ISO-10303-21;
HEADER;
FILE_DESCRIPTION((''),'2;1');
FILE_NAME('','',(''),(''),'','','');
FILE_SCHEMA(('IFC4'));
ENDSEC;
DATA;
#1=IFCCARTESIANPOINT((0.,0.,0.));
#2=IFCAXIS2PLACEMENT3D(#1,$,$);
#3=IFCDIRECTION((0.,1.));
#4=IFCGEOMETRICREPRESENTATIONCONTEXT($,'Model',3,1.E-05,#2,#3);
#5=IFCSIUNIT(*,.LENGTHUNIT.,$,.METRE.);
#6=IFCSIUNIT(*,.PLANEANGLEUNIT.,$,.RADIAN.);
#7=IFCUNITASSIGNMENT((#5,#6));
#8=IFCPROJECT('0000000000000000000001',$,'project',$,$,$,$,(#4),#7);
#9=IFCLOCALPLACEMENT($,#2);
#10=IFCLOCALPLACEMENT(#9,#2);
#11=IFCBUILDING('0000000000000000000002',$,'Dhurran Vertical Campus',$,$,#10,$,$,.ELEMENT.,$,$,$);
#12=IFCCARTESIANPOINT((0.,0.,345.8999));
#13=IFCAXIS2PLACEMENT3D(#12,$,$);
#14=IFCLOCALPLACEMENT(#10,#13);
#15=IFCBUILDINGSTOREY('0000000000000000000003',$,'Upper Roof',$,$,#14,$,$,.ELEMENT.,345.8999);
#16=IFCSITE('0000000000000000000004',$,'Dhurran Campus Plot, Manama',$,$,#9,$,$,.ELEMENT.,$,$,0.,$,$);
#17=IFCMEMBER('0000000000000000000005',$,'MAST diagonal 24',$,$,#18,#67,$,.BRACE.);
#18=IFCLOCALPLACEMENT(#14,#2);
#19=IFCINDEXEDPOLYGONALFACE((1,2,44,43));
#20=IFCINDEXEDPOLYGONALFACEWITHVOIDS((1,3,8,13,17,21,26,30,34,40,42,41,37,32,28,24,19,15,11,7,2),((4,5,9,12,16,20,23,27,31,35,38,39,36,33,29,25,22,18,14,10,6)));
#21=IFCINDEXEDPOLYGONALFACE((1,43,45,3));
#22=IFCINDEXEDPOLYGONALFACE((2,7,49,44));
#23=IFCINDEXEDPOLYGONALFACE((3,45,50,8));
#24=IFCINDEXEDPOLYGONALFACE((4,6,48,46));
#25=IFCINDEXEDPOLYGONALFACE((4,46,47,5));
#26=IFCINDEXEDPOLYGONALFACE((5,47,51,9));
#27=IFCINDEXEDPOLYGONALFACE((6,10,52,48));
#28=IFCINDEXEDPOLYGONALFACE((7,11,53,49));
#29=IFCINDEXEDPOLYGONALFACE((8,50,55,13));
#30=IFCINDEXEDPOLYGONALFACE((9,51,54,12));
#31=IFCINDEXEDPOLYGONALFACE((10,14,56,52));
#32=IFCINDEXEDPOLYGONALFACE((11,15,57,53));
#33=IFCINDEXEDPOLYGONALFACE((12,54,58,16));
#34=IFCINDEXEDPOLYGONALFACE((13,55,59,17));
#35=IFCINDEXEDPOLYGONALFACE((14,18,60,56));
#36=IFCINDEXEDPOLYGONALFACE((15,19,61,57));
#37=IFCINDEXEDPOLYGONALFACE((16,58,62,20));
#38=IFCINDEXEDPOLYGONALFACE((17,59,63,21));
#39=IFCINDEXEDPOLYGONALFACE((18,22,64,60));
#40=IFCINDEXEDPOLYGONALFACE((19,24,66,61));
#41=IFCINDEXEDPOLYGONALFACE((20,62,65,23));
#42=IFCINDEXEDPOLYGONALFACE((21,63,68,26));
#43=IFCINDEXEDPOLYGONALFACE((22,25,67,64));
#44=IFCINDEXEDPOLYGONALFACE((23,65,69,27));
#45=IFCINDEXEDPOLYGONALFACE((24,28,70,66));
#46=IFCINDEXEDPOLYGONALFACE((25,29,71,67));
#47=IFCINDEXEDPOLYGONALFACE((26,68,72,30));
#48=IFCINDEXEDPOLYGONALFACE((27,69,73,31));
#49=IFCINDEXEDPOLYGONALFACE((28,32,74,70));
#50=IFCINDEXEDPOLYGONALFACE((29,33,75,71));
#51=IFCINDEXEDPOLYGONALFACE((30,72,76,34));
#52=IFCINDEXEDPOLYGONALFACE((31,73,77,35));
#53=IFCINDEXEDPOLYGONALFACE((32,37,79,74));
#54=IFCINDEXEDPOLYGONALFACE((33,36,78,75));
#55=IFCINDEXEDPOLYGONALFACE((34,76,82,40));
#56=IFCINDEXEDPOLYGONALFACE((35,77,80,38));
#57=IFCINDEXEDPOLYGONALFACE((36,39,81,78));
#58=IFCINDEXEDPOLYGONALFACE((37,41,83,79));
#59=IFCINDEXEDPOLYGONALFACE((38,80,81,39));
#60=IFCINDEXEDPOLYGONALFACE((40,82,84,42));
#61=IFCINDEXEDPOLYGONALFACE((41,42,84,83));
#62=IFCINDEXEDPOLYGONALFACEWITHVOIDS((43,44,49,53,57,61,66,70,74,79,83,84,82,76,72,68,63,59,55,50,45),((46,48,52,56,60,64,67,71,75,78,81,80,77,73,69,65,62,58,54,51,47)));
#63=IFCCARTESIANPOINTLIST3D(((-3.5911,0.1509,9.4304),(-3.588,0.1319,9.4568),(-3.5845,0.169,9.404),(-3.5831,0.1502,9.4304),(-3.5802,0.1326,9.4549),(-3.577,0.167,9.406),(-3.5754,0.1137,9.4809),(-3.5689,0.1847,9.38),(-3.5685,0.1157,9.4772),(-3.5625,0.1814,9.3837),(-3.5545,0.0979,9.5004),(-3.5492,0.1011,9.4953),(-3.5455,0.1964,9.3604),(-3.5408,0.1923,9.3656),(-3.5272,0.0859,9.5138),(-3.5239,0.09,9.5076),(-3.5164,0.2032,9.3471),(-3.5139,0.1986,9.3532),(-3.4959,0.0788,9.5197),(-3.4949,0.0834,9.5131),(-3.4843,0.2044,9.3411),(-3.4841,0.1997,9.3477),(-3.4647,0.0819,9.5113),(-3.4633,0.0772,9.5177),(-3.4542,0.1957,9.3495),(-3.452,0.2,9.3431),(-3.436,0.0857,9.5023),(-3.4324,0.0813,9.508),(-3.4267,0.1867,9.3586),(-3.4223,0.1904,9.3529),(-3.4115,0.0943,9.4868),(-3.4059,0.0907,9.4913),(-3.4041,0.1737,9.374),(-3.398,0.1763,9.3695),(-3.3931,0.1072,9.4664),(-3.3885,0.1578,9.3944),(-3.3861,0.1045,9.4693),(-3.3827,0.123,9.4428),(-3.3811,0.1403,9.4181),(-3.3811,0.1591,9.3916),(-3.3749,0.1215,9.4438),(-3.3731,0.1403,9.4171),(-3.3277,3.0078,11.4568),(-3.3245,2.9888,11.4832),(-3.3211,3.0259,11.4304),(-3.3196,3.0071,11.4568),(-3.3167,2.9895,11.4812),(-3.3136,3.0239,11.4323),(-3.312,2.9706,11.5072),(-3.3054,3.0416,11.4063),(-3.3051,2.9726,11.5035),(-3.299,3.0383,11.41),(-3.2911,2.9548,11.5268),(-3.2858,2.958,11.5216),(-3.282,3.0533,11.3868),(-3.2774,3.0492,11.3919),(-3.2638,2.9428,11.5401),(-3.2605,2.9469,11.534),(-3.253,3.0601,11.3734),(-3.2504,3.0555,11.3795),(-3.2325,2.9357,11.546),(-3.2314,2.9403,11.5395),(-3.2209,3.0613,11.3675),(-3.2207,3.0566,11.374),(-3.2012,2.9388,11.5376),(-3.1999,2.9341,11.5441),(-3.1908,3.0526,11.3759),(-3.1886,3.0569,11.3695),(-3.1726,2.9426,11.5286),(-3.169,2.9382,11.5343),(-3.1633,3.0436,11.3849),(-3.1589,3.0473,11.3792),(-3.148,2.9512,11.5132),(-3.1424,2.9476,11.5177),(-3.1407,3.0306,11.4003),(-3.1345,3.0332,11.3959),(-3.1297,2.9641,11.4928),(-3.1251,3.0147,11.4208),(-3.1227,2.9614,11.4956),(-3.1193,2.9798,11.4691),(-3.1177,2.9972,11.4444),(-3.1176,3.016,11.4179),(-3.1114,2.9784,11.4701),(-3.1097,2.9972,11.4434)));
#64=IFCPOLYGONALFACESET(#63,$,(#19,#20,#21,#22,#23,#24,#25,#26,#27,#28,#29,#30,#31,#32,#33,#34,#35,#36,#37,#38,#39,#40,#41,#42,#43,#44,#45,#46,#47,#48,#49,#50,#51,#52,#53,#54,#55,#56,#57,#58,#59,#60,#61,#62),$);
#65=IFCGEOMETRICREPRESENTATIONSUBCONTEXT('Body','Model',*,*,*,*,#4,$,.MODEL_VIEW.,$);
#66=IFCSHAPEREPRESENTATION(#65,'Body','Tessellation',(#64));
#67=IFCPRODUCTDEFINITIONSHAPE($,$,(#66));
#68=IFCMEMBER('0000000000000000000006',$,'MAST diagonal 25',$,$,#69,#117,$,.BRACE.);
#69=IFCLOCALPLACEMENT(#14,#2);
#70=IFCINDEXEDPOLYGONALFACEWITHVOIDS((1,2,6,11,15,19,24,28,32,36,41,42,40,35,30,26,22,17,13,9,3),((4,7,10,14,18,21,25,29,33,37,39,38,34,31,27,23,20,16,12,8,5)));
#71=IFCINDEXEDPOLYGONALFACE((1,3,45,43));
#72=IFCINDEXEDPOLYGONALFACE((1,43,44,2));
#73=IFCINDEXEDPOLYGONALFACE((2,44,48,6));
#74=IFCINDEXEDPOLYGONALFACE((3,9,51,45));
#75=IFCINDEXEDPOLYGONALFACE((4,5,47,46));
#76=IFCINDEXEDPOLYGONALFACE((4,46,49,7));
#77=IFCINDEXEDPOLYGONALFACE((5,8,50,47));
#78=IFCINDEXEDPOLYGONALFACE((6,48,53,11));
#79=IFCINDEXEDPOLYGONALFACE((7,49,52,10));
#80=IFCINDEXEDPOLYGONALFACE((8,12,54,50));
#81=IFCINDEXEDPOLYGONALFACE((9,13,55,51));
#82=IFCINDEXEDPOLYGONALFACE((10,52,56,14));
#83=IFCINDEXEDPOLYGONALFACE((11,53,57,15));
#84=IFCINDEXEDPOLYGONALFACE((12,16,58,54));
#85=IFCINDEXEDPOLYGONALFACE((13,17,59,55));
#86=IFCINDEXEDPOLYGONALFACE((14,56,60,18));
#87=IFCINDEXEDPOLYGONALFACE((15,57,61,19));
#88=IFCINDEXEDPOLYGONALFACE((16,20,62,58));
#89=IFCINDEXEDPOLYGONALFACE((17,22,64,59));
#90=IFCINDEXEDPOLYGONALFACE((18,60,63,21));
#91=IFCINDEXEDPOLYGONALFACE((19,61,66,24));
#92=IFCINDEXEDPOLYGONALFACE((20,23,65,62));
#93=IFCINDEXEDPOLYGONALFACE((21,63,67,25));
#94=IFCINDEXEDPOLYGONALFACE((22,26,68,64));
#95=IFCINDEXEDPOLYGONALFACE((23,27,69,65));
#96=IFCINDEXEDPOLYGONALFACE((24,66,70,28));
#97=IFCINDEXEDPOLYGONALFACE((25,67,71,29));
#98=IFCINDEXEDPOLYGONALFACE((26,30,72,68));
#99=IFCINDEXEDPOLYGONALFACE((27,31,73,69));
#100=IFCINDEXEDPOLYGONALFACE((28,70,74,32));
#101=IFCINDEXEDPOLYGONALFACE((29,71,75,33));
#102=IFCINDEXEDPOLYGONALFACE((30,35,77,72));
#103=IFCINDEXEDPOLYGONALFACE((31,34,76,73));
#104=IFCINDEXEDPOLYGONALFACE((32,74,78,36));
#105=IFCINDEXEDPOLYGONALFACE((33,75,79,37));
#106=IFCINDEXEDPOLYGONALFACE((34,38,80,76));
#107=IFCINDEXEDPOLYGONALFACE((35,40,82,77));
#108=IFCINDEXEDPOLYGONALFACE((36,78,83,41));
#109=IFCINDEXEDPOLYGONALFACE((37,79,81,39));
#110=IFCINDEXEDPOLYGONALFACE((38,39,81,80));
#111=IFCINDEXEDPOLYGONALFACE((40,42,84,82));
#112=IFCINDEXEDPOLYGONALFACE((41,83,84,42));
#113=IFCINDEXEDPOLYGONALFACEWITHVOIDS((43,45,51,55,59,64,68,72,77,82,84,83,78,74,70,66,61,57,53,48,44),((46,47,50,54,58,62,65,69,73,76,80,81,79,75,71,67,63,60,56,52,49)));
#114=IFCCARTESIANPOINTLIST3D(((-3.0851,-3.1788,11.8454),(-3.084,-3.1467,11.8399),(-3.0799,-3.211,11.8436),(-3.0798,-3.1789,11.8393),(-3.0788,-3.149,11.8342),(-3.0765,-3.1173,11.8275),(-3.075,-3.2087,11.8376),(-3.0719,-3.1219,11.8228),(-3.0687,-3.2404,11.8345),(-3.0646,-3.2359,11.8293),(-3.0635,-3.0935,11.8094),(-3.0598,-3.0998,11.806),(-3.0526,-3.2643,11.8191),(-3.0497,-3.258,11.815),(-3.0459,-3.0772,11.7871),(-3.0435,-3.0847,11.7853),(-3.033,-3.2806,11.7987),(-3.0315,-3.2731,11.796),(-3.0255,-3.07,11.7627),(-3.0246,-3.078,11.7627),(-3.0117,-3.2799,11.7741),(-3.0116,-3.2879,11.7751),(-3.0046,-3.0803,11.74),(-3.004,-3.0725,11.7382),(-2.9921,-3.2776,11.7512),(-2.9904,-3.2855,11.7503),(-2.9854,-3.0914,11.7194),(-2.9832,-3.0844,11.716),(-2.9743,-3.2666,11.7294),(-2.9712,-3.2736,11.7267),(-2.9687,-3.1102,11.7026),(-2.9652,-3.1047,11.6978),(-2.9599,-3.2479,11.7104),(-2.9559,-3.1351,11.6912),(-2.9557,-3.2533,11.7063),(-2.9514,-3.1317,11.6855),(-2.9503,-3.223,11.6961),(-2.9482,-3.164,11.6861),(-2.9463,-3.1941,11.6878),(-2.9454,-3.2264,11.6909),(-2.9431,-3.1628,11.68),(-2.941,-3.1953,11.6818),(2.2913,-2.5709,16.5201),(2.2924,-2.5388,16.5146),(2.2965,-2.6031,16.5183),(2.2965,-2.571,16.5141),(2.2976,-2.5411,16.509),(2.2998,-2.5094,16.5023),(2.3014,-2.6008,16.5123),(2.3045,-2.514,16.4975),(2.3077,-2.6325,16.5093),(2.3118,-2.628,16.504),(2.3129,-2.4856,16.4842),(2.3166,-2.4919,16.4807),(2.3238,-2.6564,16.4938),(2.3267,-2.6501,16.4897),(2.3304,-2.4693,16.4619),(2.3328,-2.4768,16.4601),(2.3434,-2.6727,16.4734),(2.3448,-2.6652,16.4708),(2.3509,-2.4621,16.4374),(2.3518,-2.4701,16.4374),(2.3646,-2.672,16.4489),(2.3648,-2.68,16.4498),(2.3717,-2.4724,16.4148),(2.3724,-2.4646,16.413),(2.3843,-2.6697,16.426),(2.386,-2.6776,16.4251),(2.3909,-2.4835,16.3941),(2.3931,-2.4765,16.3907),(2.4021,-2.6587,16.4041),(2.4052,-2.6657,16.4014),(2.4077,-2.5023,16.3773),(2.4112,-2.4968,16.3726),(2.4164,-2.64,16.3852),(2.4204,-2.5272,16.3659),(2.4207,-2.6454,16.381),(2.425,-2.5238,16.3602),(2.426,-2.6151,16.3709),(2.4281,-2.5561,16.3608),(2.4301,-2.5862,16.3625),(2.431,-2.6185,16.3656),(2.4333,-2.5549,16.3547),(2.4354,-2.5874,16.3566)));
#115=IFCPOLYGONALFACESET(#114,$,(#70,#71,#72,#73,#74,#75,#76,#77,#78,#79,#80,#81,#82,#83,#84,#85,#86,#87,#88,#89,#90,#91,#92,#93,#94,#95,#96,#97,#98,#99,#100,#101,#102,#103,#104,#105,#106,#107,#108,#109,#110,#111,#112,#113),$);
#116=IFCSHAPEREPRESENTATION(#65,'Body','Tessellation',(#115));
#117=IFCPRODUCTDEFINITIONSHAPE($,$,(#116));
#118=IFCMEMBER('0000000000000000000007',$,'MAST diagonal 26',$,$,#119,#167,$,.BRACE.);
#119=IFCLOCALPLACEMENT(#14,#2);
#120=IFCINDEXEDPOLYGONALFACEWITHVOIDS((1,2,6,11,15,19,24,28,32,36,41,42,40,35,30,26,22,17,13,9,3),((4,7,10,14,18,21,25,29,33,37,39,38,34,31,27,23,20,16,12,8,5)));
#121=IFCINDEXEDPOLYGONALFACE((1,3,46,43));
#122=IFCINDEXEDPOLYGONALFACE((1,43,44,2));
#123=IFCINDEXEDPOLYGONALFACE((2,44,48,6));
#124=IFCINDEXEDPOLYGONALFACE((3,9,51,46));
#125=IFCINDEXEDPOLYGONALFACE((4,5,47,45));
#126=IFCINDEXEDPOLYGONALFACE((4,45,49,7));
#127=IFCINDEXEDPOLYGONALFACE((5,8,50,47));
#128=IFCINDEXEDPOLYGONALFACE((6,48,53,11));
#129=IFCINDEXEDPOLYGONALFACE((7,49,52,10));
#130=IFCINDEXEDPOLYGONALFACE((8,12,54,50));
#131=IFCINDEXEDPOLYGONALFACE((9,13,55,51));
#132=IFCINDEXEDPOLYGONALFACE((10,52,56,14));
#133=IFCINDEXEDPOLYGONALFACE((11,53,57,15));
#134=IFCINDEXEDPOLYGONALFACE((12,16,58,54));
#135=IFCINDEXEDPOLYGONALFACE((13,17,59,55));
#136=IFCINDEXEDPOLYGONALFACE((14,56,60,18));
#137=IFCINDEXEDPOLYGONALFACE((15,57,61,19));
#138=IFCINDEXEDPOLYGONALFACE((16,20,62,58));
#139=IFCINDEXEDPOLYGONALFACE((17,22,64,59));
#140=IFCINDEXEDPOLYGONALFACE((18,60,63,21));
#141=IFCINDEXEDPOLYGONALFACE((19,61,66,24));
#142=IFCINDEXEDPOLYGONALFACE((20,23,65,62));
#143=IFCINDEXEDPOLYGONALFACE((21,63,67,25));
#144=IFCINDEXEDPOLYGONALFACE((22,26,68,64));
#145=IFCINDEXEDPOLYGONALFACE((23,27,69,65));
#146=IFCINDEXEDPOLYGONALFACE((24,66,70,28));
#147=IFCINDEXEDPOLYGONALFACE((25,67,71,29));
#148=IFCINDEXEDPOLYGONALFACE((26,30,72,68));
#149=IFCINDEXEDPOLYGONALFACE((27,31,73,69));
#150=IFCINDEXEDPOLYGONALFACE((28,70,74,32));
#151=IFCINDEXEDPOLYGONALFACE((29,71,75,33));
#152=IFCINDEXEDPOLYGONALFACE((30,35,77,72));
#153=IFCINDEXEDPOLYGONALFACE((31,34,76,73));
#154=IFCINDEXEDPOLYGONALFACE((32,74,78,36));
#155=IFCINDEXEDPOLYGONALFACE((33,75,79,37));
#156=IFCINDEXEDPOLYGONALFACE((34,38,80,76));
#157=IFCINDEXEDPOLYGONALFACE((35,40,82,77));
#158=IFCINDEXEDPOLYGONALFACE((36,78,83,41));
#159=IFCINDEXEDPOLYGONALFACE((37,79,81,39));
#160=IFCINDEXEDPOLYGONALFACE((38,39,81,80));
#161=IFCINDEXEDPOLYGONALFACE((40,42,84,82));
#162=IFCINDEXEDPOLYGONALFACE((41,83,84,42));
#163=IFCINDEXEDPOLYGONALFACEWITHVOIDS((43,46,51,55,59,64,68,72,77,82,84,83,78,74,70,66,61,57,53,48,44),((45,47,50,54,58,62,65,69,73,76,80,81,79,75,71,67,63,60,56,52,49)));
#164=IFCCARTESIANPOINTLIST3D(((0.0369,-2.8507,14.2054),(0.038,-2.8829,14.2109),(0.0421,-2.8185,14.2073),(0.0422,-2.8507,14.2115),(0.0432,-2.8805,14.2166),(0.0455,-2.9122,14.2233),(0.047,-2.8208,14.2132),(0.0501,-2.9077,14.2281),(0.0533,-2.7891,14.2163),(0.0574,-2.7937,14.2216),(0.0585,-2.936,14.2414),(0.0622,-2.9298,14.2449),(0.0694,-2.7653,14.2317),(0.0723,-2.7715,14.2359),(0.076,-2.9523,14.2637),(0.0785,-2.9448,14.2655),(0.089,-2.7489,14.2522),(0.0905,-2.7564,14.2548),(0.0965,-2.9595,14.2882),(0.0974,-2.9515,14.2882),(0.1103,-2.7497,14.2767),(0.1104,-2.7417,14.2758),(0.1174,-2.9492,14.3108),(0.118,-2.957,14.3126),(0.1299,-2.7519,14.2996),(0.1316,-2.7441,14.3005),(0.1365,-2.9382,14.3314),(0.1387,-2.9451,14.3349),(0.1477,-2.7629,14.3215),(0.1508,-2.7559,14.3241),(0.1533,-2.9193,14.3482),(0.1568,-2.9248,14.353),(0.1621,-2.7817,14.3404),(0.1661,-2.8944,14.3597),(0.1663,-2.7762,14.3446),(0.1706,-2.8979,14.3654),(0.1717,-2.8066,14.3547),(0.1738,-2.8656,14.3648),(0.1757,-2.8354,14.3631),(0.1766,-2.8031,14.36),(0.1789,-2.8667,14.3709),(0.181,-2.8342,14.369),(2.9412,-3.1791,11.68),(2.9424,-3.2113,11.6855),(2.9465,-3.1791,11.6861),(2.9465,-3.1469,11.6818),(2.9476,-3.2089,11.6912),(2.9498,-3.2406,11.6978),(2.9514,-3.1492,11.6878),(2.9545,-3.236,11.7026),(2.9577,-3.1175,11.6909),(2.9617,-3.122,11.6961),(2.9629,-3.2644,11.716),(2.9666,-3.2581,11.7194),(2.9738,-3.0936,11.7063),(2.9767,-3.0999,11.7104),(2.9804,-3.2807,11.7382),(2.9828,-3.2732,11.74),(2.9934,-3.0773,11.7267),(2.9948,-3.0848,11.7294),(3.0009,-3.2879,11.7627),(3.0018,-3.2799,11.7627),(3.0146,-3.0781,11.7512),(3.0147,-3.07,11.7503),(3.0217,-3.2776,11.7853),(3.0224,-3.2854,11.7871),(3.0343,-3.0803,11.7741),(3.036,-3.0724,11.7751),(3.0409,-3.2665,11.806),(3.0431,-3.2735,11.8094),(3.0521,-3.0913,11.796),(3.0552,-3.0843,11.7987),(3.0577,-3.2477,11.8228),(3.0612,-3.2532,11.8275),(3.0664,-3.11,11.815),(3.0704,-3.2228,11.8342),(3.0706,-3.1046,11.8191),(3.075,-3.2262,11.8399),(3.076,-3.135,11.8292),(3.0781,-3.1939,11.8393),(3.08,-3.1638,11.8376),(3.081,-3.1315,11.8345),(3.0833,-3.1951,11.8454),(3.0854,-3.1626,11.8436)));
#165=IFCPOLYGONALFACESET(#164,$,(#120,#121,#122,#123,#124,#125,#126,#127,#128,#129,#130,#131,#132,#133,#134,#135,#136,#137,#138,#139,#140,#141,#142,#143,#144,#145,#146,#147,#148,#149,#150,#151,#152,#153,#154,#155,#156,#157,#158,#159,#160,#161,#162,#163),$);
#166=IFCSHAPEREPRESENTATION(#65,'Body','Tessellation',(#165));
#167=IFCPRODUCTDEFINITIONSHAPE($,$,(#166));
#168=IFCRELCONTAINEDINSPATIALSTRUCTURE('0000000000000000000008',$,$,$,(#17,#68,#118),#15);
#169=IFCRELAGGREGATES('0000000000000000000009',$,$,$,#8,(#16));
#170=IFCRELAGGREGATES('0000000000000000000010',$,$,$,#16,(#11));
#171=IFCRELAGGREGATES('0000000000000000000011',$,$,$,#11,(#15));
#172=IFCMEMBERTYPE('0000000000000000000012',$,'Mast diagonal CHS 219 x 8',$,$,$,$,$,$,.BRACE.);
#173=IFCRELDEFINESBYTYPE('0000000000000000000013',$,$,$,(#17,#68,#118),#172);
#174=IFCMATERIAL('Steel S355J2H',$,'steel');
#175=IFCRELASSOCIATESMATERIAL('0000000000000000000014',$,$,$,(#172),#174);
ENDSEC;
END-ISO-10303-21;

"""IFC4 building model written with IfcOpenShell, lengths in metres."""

from ifc_helpers import new_model, si_unit, direction, frame, origin, origin_2d, place, context, subcontext, project, spatial, hollow_circle, extrude, material, material_profile, profile_set, type_object, element, save


model = new_model("IFC4")

# Units and contexts
model_context = context("Model", 3, precision=1e-05, world=origin(), true_north=direction((0.0, 1.0)))
body_context = subcontext(model_context, "Body", "Model", "MODEL_VIEW")
ifc_project = project(units=[si_unit("LENGTHUNIT", "METRE"), si_unit("PLANEANGLEUNIT", "RADIAN")], contexts=[model_context])

# Site, building, storey
site_placement = place(None, origin())
site = spatial("IfcSite", under=ifc_project, at=site_placement, Name="Dhurran Campus Plot, Manama", CompositionType="ELEMENT", RefElevation=0.0)
building_placement = place(site_placement, origin())
building = spatial("IfcBuilding", under=site, at=building_placement, Name="Dhurran Vertical Campus", CompositionType="ELEMENT")
storey_placement = place(building_placement, frame((0.0, 0.0, 345.8999)))
storey = spatial("IfcBuildingStorey", under=building, at=storey_placement, Name="Upper Roof", CompositionType="ELEMENT", Elevation=345.8999)

# Members
ifc_material_1 = material(Name="Steel S355J2H", Category="steel")
ifc_material_profile_1 = material_profile(ifc_material_1, hollow_circle(Radius=0.1096, WallThickness=0.0081, at=origin_2d()), Name="CHS219x8")
ifc_profile_set_1 = profile_set([ifc_material_profile_1], Name="Steel S355J2H")
member_type_1 = type_object("IfcMemberType", Name="Mast diagonal CHS 219 x 8", PredefinedType="BRACE", material=ifc_profile_set_1)
member_1_placement = place(storey_placement, frame((-3.4819, 0.1409, 9.4304), z_axis=(0.074997, 0.813363, 0.576902), x_axis=(-0.995776, 0.091817, 0.0)))
element("IfcMember", 1, at=member_1_placement, inside=storey, type_object=member_type_1, Name="MAST diagonal 24", PredefinedType="BRACE", context=body_context, shape_type="SweptSolid", body=[
    extrude(hollow_circle(Radius=0.1096, WallThickness=0.0081, at=origin_2d()), origin(), (0.0, 0.0, 1.0), 3.5125),
])
member_2_placement = place(storey_placement, frame((-3.0132, -3.179, 11.7627), z_axis=(0.7519, 0.085016, 0.653773), x_axis=(-0.112353, 0.993668, 0.0)))
element("IfcMember", 2, at=member_2_placement, inside=storey, type_object=member_type_1, Name="MAST diagonal 25", PredefinedType="BRACE", context=body_context, shape_type="SweptSolid", body=[
    extrude(hollow_circle(Radius=0.1096, WallThickness=0.0081, at=origin_2d()), origin(), (0.0, 0.0, 1.0), 7.1504),
])
member_3_placement = place(storey_placement, frame((3.0132, -3.179, 11.7627), z_axis=(-0.751885, 0.085011, 0.653791), x_axis=(-0.112347, -0.993669, 0.0)))
element("IfcMember", 3, at=member_3_placement, inside=storey, type_object=member_type_1, Name="MAST diagonal 26", PredefinedType="BRACE", context=body_context, shape_type="SweptSolid", body=[
    extrude(hollow_circle(Radius=0.1096, WallThickness=0.0081, at=origin_2d()), origin(), (0.0, 0.0, 1.0), 3.8628),
])

save(model, "model.ifc")
